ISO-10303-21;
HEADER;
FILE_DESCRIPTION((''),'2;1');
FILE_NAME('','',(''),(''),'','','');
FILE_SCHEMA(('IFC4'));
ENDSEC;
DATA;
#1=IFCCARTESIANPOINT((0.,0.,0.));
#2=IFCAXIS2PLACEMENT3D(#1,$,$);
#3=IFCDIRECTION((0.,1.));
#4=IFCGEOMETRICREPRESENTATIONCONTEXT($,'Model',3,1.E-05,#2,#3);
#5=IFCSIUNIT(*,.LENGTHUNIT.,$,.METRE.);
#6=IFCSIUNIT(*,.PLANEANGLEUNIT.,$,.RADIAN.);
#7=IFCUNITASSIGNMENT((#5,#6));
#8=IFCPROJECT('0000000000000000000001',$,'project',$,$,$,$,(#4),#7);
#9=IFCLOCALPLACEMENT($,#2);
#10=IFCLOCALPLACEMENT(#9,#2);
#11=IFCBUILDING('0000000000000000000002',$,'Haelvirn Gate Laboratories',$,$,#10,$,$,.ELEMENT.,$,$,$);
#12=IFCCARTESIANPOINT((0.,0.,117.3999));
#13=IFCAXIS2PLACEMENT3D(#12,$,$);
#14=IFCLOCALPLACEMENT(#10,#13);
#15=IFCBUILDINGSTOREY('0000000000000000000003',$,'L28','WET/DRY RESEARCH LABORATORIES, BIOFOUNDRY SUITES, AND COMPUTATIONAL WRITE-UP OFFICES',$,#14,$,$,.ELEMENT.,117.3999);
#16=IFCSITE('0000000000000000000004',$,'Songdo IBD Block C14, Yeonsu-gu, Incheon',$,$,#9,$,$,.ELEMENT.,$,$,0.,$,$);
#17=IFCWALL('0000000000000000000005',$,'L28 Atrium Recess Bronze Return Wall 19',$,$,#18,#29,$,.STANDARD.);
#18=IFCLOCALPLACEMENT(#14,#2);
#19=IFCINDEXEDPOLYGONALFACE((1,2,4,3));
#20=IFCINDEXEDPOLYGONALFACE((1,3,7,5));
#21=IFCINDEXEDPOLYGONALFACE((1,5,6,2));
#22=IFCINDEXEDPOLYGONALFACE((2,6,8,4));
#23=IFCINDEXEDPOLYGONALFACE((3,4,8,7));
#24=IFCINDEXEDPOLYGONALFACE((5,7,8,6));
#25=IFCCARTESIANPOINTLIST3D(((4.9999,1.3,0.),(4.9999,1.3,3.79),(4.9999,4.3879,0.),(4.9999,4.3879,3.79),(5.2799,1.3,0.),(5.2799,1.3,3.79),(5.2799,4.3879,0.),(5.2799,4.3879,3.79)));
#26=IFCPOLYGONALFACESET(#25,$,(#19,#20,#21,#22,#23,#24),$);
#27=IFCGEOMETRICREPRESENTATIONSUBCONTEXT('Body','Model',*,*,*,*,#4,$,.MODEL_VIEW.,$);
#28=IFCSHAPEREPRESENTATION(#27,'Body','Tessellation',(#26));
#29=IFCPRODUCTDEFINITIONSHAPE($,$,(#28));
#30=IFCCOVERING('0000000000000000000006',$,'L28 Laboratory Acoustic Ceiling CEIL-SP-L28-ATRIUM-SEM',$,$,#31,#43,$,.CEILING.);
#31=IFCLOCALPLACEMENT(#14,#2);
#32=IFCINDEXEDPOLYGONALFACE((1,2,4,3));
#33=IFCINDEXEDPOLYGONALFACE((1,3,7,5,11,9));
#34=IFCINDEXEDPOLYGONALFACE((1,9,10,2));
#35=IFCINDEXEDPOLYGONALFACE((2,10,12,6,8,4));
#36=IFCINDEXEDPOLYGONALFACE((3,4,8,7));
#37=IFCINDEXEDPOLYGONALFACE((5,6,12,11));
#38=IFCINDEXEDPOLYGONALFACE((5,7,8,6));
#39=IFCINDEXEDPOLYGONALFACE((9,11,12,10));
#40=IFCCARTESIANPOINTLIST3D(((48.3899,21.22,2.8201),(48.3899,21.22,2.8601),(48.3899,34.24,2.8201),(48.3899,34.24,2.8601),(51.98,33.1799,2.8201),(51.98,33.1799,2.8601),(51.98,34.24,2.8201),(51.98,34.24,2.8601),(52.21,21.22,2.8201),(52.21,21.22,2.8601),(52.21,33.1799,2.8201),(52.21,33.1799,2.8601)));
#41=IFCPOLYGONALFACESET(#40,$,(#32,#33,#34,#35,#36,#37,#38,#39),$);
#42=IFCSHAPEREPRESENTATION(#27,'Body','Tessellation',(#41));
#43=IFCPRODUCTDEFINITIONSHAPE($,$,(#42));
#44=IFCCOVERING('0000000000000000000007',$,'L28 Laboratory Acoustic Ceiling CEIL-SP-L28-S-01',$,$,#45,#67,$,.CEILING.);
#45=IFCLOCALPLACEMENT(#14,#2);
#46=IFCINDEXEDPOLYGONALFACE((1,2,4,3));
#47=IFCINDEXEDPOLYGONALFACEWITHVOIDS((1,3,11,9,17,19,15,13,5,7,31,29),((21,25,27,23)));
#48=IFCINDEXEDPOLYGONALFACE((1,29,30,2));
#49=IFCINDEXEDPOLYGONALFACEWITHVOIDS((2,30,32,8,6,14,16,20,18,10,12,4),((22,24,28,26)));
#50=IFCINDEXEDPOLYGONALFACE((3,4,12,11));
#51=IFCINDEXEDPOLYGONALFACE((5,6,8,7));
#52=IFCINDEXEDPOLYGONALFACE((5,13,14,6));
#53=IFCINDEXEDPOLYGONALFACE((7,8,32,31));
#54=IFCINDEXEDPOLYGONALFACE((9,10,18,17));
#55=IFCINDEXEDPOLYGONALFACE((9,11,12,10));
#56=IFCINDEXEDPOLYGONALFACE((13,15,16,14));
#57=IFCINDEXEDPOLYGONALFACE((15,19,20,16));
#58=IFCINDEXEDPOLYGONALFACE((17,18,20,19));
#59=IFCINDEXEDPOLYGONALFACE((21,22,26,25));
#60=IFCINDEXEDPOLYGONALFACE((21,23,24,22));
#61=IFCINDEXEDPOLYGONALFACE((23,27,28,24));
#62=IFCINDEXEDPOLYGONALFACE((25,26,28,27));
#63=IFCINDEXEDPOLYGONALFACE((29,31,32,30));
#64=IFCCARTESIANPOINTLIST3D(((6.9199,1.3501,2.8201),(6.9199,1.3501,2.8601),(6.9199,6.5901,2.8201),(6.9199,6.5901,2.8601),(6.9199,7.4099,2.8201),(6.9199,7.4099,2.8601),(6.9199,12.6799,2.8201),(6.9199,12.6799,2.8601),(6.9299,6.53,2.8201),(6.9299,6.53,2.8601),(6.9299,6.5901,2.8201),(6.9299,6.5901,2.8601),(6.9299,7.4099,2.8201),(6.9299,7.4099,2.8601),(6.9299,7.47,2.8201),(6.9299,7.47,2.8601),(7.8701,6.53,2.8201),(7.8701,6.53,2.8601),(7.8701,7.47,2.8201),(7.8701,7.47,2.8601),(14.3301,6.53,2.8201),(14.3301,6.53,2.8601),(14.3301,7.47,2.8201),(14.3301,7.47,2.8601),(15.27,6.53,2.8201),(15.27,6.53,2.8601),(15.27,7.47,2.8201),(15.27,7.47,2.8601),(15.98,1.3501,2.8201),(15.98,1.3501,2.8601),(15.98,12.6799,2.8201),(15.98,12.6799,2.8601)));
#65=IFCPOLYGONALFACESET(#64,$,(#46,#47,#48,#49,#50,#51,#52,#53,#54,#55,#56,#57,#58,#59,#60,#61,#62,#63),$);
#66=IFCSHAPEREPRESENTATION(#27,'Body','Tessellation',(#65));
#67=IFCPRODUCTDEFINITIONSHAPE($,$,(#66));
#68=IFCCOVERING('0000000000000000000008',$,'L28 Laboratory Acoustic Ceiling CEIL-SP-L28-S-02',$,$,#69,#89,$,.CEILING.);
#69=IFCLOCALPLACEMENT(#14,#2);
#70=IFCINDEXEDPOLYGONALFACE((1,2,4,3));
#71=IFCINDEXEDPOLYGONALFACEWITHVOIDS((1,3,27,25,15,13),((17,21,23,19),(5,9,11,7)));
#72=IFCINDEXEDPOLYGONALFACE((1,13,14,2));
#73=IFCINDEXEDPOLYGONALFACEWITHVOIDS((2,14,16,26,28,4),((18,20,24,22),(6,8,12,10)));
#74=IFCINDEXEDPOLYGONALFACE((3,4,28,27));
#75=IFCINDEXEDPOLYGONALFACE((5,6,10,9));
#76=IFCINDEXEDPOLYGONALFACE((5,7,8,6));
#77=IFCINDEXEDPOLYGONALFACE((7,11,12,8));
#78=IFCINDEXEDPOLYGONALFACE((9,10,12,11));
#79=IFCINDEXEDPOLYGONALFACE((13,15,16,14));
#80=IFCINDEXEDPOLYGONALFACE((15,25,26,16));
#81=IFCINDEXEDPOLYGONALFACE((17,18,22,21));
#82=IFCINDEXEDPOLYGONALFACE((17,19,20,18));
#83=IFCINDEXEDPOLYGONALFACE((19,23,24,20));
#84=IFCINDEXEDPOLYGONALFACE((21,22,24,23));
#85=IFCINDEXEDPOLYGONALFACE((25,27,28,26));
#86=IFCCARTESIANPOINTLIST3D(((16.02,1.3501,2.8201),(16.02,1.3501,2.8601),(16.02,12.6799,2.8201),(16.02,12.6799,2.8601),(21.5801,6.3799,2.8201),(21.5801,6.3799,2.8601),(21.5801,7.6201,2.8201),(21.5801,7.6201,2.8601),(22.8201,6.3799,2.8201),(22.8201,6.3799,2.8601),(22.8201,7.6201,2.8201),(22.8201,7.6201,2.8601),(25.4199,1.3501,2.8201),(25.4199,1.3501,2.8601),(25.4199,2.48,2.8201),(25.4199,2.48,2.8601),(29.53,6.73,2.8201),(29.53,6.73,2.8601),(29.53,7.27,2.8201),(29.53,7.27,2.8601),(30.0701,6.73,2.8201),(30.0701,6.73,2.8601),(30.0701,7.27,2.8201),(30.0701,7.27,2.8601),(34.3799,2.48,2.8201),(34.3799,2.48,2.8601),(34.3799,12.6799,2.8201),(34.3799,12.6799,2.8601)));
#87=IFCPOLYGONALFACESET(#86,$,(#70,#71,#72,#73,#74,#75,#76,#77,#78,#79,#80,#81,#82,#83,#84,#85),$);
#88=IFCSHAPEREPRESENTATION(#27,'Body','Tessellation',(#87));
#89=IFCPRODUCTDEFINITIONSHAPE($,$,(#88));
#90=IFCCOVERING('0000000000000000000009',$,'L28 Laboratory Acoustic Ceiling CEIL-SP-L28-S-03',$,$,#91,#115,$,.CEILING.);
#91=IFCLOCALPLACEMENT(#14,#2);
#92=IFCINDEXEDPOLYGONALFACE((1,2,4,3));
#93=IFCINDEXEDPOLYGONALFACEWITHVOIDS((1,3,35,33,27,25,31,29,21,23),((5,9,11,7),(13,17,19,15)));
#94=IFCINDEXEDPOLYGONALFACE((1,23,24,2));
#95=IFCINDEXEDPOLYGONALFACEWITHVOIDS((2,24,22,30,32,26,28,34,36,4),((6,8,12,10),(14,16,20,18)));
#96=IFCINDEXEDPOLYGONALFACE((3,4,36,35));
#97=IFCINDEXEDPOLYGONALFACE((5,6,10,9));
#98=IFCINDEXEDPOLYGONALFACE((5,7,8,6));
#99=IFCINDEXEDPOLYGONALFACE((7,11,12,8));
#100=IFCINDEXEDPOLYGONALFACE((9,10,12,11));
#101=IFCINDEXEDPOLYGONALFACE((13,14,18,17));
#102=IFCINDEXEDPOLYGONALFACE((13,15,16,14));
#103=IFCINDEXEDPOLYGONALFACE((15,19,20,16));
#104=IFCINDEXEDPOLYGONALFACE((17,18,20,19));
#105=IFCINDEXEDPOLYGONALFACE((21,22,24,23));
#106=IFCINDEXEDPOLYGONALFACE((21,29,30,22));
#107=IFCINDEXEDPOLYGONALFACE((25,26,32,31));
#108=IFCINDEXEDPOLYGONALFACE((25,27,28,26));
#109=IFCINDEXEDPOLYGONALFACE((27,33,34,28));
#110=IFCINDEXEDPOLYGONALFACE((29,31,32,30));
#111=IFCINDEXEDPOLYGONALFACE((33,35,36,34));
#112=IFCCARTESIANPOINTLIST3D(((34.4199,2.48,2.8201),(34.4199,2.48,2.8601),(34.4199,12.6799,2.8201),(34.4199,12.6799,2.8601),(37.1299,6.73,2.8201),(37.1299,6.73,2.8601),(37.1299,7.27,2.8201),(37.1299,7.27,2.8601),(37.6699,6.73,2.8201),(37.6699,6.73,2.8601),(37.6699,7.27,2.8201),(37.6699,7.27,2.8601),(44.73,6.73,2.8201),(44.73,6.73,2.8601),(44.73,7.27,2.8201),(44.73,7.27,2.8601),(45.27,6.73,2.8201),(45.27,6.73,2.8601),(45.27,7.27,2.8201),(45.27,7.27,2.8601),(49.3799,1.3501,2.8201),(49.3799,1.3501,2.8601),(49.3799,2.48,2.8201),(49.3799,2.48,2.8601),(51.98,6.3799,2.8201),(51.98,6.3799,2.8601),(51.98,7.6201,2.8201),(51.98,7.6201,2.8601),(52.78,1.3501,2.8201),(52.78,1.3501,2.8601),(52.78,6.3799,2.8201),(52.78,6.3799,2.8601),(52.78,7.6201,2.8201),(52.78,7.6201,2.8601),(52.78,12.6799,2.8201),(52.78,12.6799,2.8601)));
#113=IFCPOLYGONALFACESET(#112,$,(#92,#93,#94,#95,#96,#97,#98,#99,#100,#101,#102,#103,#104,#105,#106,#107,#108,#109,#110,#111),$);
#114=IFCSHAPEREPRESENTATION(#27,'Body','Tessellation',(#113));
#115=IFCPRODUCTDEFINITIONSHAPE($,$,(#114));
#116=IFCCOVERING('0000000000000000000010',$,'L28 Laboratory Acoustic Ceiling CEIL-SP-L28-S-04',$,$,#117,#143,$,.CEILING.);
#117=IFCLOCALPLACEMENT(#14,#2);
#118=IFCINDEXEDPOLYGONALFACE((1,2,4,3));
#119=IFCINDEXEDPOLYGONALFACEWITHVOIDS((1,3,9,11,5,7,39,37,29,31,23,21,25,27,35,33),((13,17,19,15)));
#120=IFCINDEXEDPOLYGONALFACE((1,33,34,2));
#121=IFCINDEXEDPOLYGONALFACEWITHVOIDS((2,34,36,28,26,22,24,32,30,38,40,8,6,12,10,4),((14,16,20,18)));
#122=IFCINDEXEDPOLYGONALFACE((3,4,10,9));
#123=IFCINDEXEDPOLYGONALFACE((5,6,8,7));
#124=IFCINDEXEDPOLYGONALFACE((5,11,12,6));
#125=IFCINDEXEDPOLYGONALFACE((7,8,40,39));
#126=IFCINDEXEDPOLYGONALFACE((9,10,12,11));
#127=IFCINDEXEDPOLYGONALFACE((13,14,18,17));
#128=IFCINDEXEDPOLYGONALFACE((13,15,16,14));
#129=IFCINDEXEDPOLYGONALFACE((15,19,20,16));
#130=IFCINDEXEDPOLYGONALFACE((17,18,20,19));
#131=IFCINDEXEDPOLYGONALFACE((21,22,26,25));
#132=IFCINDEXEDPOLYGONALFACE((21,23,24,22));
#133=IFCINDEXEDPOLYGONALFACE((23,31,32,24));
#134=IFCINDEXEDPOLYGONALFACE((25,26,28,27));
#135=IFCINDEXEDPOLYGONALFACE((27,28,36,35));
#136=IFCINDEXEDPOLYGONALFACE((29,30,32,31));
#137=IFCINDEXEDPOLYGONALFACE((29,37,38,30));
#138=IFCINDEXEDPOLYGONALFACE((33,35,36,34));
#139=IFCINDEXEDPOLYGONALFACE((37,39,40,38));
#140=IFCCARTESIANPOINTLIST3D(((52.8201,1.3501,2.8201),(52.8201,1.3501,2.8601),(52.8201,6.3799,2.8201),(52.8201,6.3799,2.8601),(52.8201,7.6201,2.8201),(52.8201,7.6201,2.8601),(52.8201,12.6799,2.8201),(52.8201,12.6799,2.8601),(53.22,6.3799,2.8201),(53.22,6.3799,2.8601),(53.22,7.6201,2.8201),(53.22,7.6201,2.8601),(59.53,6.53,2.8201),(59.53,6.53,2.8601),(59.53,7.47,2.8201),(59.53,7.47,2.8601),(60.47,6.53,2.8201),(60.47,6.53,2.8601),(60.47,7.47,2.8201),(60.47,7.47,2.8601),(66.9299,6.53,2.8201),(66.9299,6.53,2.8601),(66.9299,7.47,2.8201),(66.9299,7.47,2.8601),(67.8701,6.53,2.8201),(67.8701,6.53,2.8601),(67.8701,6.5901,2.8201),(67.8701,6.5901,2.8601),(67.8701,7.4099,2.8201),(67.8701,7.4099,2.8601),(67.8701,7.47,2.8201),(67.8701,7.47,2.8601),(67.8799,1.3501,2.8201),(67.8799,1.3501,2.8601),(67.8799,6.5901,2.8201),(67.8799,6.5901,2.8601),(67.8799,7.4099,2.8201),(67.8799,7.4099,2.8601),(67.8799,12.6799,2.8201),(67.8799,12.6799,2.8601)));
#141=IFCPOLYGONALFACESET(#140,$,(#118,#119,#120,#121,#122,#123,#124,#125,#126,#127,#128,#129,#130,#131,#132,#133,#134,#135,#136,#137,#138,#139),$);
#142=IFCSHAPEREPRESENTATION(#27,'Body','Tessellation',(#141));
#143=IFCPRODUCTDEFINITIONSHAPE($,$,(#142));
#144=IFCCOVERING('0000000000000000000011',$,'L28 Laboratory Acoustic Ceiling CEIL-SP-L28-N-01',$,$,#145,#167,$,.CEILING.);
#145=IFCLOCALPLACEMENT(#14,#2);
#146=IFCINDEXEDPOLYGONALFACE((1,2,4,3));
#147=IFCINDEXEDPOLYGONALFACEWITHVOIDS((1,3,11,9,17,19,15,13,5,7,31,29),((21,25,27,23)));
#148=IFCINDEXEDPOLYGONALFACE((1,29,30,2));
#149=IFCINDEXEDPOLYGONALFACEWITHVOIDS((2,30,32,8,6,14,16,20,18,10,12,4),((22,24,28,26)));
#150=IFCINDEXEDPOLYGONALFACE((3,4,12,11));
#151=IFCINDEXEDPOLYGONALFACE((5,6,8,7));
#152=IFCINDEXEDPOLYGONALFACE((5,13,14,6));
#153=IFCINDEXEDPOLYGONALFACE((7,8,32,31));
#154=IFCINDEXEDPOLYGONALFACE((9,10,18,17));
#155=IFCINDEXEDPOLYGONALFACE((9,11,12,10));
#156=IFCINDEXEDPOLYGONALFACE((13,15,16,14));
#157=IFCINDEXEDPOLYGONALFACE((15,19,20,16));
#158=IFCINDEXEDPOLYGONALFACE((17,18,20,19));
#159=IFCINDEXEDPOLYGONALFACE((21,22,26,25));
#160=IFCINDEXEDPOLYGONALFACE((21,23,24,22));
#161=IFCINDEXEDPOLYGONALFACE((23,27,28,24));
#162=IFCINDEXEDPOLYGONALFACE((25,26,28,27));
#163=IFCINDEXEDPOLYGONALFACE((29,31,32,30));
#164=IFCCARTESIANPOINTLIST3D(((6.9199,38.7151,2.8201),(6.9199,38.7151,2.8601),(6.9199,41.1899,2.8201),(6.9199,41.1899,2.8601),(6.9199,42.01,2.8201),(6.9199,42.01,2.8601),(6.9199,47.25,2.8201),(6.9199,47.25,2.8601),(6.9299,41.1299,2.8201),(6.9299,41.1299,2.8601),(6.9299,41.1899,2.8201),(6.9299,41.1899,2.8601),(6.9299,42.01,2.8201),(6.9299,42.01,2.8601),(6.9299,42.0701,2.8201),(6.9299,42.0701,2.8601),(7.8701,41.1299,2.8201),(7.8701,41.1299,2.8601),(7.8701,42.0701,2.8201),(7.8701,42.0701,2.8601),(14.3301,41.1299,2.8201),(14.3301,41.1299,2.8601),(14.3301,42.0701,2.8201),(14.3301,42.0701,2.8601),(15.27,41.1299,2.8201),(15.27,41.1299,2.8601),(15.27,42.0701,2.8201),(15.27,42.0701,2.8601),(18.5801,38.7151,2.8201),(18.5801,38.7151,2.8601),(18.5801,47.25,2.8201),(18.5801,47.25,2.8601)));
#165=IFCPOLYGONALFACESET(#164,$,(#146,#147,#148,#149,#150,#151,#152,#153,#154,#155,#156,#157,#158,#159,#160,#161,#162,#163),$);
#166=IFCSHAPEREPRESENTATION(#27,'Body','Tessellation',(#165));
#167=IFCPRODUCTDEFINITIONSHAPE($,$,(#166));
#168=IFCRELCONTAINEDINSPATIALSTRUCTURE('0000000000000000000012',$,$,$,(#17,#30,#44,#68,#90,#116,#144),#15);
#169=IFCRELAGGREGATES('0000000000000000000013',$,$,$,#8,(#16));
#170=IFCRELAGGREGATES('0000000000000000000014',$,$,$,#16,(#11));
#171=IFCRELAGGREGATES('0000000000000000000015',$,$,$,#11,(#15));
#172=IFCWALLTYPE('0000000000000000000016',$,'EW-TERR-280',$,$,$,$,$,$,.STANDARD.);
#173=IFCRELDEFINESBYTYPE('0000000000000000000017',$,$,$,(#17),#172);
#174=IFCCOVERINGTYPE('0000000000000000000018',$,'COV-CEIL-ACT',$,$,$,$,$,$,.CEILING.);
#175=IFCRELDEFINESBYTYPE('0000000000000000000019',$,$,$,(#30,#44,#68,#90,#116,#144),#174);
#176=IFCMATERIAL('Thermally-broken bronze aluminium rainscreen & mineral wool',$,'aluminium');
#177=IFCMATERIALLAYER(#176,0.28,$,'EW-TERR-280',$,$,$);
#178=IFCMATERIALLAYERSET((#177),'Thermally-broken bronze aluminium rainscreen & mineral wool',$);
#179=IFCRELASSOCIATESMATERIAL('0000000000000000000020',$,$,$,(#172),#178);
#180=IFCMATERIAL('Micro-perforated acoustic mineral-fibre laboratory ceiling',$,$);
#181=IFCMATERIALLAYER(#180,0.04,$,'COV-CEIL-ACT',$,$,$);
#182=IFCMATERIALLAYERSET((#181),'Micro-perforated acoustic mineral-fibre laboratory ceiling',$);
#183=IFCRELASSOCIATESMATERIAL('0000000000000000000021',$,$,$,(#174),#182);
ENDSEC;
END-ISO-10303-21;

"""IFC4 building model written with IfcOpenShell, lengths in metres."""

from ifc_helpers import new_model, si_unit, direction, frame, frame_2d, origin, place, context, subcontext, project, spatial, polyline, rectangle, outline, extrude, material, layer, layer_set, type_object, element, save


model = new_model("IFC4")

# Units and contexts
model_context = context("Model", 3, precision=1e-05, world=origin(), true_north=direction((0.0, 1.0)))
body_context = subcontext(model_context, "Body", "Model", "MODEL_VIEW")
ifc_project = project(units=[si_unit("LENGTHUNIT", "METRE"), si_unit("PLANEANGLEUNIT", "RADIAN")], contexts=[model_context])

# Site, building, storey
site_placement = place(None, origin())
site = spatial("IfcSite", under=ifc_project, at=site_placement, Name="Songdo IBD Block C14, Yeonsu-gu, Incheon", CompositionType="ELEMENT", RefElevation=0.0)
building_placement = place(site_placement, origin())
building = spatial("IfcBuilding", under=site, at=building_placement, Name="Haelvirn Gate Laboratories", CompositionType="ELEMENT")
storey_placement = place(building_placement, frame((0.0, 0.0, 117.3999)))
storey = spatial("IfcBuildingStorey", under=building, at=storey_placement, Name="L28", Description="WET/DRY RESEARCH LABORATORIES, BIOFOUNDRY SUITES, AND COMPUTATIONAL WRITE-UP OFFICES", CompositionType="ELEMENT", Elevation=117.3999)

# Wall
ifc_material_1 = material(Name="Thermally-broken bronze aluminium rainscreen & mineral wool", Category="aluminium")
ifc_layer_1 = layer(ifc_material_1, 0.28, Name="EW-TERR-280")
ifc_layer_set_1 = layer_set([ifc_layer_1], Name="Thermally-broken bronze aluminium rainscreen & mineral wool")
wall_type = type_object("IfcWallType", Name="EW-TERR-280", PredefinedType="STANDARD", material=ifc_layer_set_1)
wall_placement = place(storey_placement, frame((5.1399, 4.3879, 0.0), z_axis=(0.0, 0.0, 1.0), x_axis=(0.0, -1.0, 0.0)))
element("IfcWall", 1, at=wall_placement, inside=storey, type_object=wall_type, Name="L28 Atrium Recess Bronze Return Wall 19", PredefinedType="STANDARD", context=body_context, shape_type="SweptSolid", body=[
    extrude(rectangle(XDim=3.0879, YDim=0.28, at=frame_2d((1.5439, 0.0))), origin(), (0.0, 0.0, 1.0), 3.79),
])

# Coverings
ifc_material_2 = material(Name="Micro-perforated acoustic mineral-fibre laboratory ceiling")
ifc_layer_2 = layer(ifc_material_2, 0.04, Name="COV-CEIL-ACT")
ifc_layer_set_2 = layer_set([ifc_layer_2], Name="Micro-perforated acoustic mineral-fibre laboratory ceiling")
covering_type = type_object("IfcCoveringType", Name="COV-CEIL-ACT", PredefinedType="CEILING", material=ifc_layer_set_2)
covering_1_placement = place(storey_placement, frame((0.0, 0.0, 2.8201)))
element("IfcCovering", 2, at=covering_1_placement, inside=storey, type_object=covering_type, Name="L28 Laboratory Acoustic Ceiling CEIL-SP-L28-ATRIUM-SEM", PredefinedType="CEILING", context=body_context, shape_type="SweptSolid", body=[
    extrude(outline(polyline([(52.21, 21.22), (48.3899, 21.22), (48.3899, 34.24), (51.98, 34.24), (51.98, 33.1799), (52.21, 33.1799), (52.21, 21.22)])), origin(), (0.0, 0.0, 1.0), 0.04),
])
covering_2_placement = place(storey_placement, frame((0.0, 0.0, 2.8201)))
element("IfcCovering", 3, at=covering_2_placement, inside=storey, type_object=covering_type, Name="L28 Laboratory Acoustic Ceiling CEIL-SP-L28-S-01", PredefinedType="CEILING", context=body_context, shape_type="SweptSolid", body=[
    extrude(outline(polyline([(6.9199, 6.5901), (6.9299, 6.5901), (6.9299, 6.53), (7.8701, 6.53), (7.8701, 7.47), (6.9299, 7.47), (6.9299, 7.4099), (6.9199, 7.4099), (6.9199, 12.6799), (15.98, 12.6799), (15.98, 1.3501), (6.9199, 1.3501), (6.9199, 6.5901)]), holes=[polyline([(14.3301, 7.47), (14.3301, 6.53), (15.27, 6.53), (15.27, 7.47), (14.3301, 7.47)])]), origin(), (0.0, 0.0, 1.0), 0.04),
])
covering_3_placement = place(storey_placement, frame((0.0, 0.0, 2.8201)))
element("IfcCovering", 4, at=covering_3_placement, inside=storey, type_object=covering_type, Name="L28 Laboratory Acoustic Ceiling CEIL-SP-L28-S-02", PredefinedType="CEILING", context=body_context, shape_type="SweptSolid", body=[
    extrude(outline(polyline([(16.02, 1.3501), (16.02, 12.6799), (34.3799, 12.6799), (34.3799, 2.48), (25.4199, 2.48), (25.4199, 1.3501), (16.02, 1.3501)]), holes=[polyline([(21.5801, 7.6201), (21.5801, 6.3799), (22.8201, 6.3799), (22.8201, 7.6201), (21.5801, 7.6201)]), polyline([(30.0701, 7.27), (29.53, 7.27), (29.53, 6.73), (30.0701, 6.73), (30.0701, 7.27)])]), origin(), (0.0, 0.0, 1.0), 0.04),
])
covering_4_placement = place(storey_placement, frame((0.0, 0.0, 2.8201)))
element("IfcCovering", 5, at=covering_4_placement, inside=storey, type_object=covering_type, Name="L28 Laboratory Acoustic Ceiling CEIL-SP-L28-S-03", PredefinedType="CEILING", context=body_context, shape_type="SweptSolid", body=[
    extrude(outline(polyline([(52.78, 12.6799), (52.78, 7.6201), (51.98, 7.6201), (51.98, 6.3799), (52.78, 6.3799), (52.78, 1.3501), (49.3799, 1.3501), (49.3799, 2.48), (34.4199, 2.48), (34.4199, 12.6799), (52.78, 12.6799)]), holes=[polyline([(37.1299, 7.27), (37.1299, 6.73), (37.6699, 6.73), (37.6699, 7.27), (37.1299, 7.27)]), polyline([(45.27, 7.27), (44.73, 7.27), (44.73, 6.73), (45.27, 6.73), (45.27, 7.27)])]), origin(), (0.0, 0.0, 1.0), 0.04),
])
covering_5_placement = place(storey_placement, frame((0.0, 0.0, 2.8201)))
element("IfcCovering", 6, at=covering_5_placement, inside=storey, type_object=covering_type, Name="L28 Laboratory Acoustic Ceiling CEIL-SP-L28-S-04", PredefinedType="CEILING", context=body_context, shape_type="SweptSolid", body=[
    extrude(outline(polyline([(67.8799, 7.4099), (67.8701, 7.4099), (67.8701, 7.47), (66.9299, 7.47), (66.9299, 6.53), (67.8701, 6.53), (67.8701, 6.5901), (67.8799, 6.5901), (67.8799, 1.3501), (52.8201, 1.3501), (52.8201, 6.3799), (53.22, 6.3799), (53.22, 7.6201), (52.8201, 7.6201), (52.8201, 12.6799), (67.8799, 12.6799), (67.8799, 7.4099)]), holes=[polyline([(59.53, 7.47), (59.53, 6.53), (60.47, 6.53), (60.47, 7.47), (59.53, 7.47)])]), origin(), (0.0, 0.0, 1.0), 0.04),
])
covering_6_placement = place(storey_placement, frame((0.0, 0.0, 2.8201)))
element("IfcCovering", 7, at=covering_6_placement, inside=storey, type_object=covering_type, Name="L28 Laboratory Acoustic Ceiling CEIL-SP-L28-N-01", PredefinedType="CEILING", context=body_context, shape_type="SweptSolid", body=[
    extrude(outline(polyline([(6.9199, 41.1899), (6.9299, 41.1899), (6.9299, 41.1299), (7.8701, 41.1299), (7.8701, 42.0701), (6.9299, 42.0701), (6.9299, 42.01), (6.9199, 42.01), (6.9199, 47.25), (18.5801, 47.25), (18.5801, 38.7151), (6.9199, 38.7151), (6.9199, 41.1899)]), holes=[polyline([(14.3301, 42.0701), (14.3301, 41.1299), (15.27, 41.1299), (15.27, 42.0701), (14.3301, 42.0701)])]), origin(), (0.0, 0.0, 1.0), 0.04),
])

save(model, "model.ifc")
